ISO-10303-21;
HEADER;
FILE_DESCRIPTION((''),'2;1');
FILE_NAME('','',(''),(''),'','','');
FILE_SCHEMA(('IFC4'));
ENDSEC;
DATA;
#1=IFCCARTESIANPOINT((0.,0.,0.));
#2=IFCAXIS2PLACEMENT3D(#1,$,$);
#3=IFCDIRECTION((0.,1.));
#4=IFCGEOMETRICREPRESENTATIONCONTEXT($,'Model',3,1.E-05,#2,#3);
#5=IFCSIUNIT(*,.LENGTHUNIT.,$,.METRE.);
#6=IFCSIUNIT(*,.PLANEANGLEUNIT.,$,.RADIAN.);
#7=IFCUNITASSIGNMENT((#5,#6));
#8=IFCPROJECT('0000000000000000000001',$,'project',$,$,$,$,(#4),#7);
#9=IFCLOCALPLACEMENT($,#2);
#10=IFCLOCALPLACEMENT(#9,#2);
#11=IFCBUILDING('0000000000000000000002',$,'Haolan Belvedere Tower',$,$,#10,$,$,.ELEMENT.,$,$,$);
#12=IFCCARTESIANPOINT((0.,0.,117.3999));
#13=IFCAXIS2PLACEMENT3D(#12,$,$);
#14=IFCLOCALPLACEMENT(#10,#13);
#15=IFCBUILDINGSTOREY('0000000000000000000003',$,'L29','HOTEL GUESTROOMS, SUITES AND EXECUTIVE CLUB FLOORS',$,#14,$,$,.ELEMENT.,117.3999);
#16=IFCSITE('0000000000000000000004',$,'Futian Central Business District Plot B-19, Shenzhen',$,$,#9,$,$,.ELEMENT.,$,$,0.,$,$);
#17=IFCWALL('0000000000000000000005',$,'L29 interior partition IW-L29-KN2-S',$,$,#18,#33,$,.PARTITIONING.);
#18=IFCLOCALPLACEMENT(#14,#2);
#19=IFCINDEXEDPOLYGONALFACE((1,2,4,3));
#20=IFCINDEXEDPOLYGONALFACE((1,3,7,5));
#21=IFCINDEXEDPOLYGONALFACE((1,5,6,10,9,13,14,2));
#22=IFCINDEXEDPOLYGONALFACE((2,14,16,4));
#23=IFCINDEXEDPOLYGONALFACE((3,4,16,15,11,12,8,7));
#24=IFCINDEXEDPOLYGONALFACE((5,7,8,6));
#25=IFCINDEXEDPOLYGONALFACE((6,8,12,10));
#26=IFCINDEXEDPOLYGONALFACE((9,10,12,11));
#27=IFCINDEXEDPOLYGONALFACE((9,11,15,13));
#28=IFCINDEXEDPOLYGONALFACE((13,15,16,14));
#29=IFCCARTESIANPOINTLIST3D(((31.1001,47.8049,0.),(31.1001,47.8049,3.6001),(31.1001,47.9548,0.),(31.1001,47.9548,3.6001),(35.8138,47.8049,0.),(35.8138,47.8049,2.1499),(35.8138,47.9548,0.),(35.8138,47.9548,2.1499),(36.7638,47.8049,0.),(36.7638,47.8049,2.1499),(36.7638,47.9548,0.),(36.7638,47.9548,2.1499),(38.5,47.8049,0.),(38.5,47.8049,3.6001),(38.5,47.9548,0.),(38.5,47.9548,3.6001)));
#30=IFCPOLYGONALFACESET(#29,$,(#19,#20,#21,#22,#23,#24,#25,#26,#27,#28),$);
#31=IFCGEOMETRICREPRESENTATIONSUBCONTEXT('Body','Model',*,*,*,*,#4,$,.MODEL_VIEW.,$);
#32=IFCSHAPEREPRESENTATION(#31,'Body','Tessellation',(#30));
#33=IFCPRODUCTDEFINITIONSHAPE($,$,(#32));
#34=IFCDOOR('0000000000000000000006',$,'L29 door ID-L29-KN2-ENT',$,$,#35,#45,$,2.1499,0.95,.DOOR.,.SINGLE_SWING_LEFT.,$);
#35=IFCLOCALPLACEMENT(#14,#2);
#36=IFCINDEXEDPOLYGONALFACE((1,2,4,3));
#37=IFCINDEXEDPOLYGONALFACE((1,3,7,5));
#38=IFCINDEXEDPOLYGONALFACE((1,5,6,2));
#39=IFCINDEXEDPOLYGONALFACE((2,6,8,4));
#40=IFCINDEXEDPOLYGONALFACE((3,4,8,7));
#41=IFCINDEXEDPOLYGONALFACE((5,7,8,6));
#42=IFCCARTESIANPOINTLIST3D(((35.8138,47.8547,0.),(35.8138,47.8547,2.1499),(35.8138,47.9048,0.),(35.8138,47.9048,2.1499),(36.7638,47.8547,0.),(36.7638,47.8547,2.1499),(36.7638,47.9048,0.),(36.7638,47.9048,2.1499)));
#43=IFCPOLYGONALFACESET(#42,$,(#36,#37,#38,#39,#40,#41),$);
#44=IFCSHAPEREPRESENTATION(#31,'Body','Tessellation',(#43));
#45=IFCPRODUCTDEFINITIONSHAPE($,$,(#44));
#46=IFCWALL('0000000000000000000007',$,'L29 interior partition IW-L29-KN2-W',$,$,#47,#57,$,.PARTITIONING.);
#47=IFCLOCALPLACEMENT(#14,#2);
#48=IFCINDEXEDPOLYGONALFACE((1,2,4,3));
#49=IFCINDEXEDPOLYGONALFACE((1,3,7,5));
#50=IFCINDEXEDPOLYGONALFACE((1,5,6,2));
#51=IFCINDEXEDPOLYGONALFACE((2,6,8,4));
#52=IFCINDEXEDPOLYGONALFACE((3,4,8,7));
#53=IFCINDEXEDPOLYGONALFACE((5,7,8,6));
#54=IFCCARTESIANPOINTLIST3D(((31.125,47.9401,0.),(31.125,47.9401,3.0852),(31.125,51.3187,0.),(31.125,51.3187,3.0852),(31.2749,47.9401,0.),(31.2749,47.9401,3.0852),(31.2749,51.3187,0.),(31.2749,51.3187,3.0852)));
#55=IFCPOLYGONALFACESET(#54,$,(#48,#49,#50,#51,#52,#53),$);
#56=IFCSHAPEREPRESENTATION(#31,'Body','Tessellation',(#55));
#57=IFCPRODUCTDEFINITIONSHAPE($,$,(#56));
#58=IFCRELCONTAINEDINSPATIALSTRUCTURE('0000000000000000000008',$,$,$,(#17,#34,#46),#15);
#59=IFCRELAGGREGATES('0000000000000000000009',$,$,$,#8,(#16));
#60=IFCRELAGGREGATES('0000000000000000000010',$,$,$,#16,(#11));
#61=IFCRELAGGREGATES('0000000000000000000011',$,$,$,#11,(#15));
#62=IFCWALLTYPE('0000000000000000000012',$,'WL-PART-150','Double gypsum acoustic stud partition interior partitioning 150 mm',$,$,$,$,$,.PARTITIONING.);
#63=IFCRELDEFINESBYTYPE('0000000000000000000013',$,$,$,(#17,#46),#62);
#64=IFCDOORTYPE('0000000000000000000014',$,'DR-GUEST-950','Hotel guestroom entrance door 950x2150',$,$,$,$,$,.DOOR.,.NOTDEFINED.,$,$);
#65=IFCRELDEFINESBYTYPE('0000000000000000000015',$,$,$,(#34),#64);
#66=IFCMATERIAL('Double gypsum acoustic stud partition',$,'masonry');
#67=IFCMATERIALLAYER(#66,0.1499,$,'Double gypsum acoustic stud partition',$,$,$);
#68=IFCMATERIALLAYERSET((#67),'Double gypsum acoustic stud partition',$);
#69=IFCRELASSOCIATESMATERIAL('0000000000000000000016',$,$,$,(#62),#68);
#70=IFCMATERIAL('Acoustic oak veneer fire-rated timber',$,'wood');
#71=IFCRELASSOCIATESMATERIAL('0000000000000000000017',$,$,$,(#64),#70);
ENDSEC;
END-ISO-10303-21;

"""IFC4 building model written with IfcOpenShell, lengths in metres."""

from ifc_helpers import new_model, si_unit, direction, frame, frame_2d, origin, place, context, subcontext, project, spatial, rectangle, extrude, material, layer, layer_set, type_object, element, fill, save


model = new_model("IFC4")

# Units and contexts
model_context = context("Model", 3, precision=1e-05, world=origin(), true_north=direction((0.0, 1.0)))
body_context = subcontext(model_context, "Body", "Model", "MODEL_VIEW")
ifc_project = project(units=[si_unit("LENGTHUNIT", "METRE"), si_unit("PLANEANGLEUNIT", "RADIAN")], contexts=[model_context])

# Site, building, storey
site_placement = place(None, origin())
site = spatial("IfcSite", under=ifc_project, at=site_placement, Name="Futian Central Business District Plot B-19, Shenzhen", CompositionType="ELEMENT", RefElevation=0.0)
building_placement = place(site_placement, origin())
building = spatial("IfcBuilding", under=site, at=building_placement, Name="Haolan Belvedere Tower", CompositionType="ELEMENT")
storey_placement = place(building_placement, frame((0.0, 0.0, 117.3999)))
storey = spatial("IfcBuildingStorey", under=building, at=storey_placement, Name="L29", Description="HOTEL GUESTROOMS, SUITES AND EXECUTIVE CLUB FLOORS", CompositionType="ELEMENT", Elevation=117.3999)

# Shared definitions
ifc_material_1 = material(Name="Double gypsum acoustic stud partition", Category="masonry")
ifc_layer_1 = layer(ifc_material_1, 0.1499, Name="Double gypsum acoustic stud partition")
ifc_layer_set_1 = layer_set([ifc_layer_1], Name="Double gypsum acoustic stud partition")
wall_type_1 = type_object("IfcWallType", Name="WL-PART-150", Description="Double gypsum acoustic stud partition interior partitioning 150 mm", PredefinedType="PARTITIONING", material=ifc_layer_set_1)

# Wall, opening, door
wall_1_placement = place(storey_placement, frame((31.1001, 47.8799, 0.0), z_axis=(0.0, 0.0, 1.0), x_axis=(1.0, 0.0, 0.0)))
wall_1 = element("IfcWall", 1, at=wall_1_placement, inside=storey, type_object=wall_type_1, Name="L29 interior partition IW-L29-KN2-S", PredefinedType="PARTITIONING", context=body_context, shape_type="SweptSolid", body=[
    extrude(rectangle(XDim=7.3999, YDim=0.1499, at=frame_2d((3.7, 0.0))), origin(), (0.0, 0.0, 1.0), 3.6001),
])
opening_1_placement = place(wall_1_placement, frame((4.7136, 0.0, 0.0)))
opening_1 = element("IfcOpeningElement", 2, at=opening_1_placement, cuts=wall_1, PredefinedType="OPENING", context=body_context, shape_type="SweptSolid", body=[
    extrude(rectangle(XDim=0.95, YDim=2.1499, at=frame_2d((0.4751, 1.075))), frame((0.0, 0.085, 0.0), z_axis=(0.0, -1.0, 0.0), x_axis=(1.0, 0.0, 0.0)), (0.0, 0.0, 1.0), 0.1699),
])
ifc_material_2 = material(Name="Acoustic oak veneer fire-rated timber", Category="wood")
door_type_1 = type_object("IfcDoorType", Name="DR-GUEST-950", Description="Hotel guestroom entrance door 950x2150", OperationType="NOTDEFINED", PredefinedType="DOOR", material=ifc_material_2)
door_1_placement = place(opening_1_placement, origin())
door_1 = element("IfcDoor", 3, at=door_1_placement, inside=storey, type_object=door_type_1, Name="L29 door ID-L29-KN2-ENT", OperationType="SINGLE_SWING_LEFT", OverallHeight=2.1499, OverallWidth=0.95, PredefinedType="DOOR", context=body_context, shape_type="SweptSolid", body=[
    extrude(rectangle(XDim=0.95, YDim=2.1499, at=frame_2d((0.4751, 1.075))), frame((0.0, 0.0249, 0.0), z_axis=(0.0, -1.0, 0.0), x_axis=(1.0, 0.0, 0.0)), (0.0, 0.0, 1.0), 0.05),
])
fill(opening_1, door_1)

# Wall
wall_2_placement = place(storey_placement, frame((31.2, 47.9399, 0.0), z_axis=(0.0, 0.0, 1.0), x_axis=(0.0, 1.0, 0.0)))
element("IfcWall", 4, at=wall_2_placement, inside=storey, type_object=wall_type_1, Name="L29 interior partition IW-L29-KN2-W", PredefinedType="PARTITIONING", context=body_context, shape_type="SweptSolid", body=[
    extrude(rectangle(XDim=3.3787, YDim=0.1499, at=frame_2d((1.6895, 0.0))), origin(), (0.0, 0.0, 1.0), 3.0852),
])

save(model, "model.ifc")
